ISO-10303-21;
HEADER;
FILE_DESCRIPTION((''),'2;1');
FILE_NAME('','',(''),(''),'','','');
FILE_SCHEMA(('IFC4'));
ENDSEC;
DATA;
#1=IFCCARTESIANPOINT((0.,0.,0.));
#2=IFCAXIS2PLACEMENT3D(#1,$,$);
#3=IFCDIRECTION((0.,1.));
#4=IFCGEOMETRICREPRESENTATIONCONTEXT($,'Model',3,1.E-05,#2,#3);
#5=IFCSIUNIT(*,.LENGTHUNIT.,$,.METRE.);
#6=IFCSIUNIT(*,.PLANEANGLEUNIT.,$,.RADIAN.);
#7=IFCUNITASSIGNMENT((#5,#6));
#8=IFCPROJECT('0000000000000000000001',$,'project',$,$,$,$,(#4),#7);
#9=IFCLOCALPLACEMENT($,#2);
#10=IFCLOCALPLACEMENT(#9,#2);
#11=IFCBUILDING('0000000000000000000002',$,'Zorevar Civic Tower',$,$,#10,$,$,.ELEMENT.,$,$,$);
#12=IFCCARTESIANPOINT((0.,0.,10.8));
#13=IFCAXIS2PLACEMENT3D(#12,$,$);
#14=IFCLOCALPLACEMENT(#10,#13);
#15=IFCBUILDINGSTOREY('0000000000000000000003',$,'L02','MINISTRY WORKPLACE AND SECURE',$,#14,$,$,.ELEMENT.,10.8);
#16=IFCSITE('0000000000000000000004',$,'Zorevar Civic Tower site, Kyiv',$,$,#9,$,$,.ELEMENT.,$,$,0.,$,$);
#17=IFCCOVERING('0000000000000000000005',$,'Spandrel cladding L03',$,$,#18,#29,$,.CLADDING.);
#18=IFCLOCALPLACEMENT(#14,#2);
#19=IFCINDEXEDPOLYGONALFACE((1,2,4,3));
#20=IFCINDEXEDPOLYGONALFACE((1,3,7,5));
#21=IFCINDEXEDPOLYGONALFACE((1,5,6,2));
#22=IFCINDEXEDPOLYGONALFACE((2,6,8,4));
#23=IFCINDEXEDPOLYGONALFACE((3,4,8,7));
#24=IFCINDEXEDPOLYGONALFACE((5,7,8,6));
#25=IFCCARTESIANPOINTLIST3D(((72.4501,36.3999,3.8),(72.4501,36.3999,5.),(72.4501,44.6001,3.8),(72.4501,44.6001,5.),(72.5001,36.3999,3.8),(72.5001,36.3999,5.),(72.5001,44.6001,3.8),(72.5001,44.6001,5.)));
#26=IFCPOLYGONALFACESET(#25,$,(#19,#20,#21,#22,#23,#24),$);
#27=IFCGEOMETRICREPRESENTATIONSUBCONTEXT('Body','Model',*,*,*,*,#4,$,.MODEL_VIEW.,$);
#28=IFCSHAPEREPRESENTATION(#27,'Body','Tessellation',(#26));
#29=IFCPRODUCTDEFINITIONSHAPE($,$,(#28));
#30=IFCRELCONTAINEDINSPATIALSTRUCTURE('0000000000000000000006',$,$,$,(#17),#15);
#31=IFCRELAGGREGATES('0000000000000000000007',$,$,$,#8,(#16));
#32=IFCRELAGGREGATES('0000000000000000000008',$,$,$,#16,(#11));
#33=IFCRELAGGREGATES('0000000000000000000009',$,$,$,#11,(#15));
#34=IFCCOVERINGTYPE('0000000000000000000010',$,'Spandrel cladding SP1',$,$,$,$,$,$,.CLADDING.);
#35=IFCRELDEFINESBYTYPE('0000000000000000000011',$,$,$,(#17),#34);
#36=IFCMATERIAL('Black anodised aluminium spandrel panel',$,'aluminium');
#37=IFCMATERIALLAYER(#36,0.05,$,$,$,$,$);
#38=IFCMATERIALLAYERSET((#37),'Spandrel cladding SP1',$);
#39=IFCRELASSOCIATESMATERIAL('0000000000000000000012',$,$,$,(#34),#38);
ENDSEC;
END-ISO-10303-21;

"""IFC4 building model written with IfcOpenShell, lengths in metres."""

from ifc_helpers import new_model, si_unit, direction, frame, frame_2d, origin, place, context, subcontext, project, spatial, rectangle, extrude, material, layer, layer_set, type_object, element, save


model = new_model("IFC4")

# Units and contexts
model_context = context("Model", 3, precision=1e-05, world=origin(), true_north=direction((0.0, 1.0)))
body_context = subcontext(model_context, "Body", "Model", "MODEL_VIEW")
ifc_project = project(units=[si_unit("LENGTHUNIT", "METRE"), si_unit("PLANEANGLEUNIT", "RADIAN")], contexts=[model_context])

# Site, building, storey
site_placement = place(None, origin())
site = spatial("IfcSite", under=ifc_project, at=site_placement, Name="Zorevar Civic Tower site, Kyiv", CompositionType="ELEMENT", RefElevation=0.0)
building_placement = place(site_placement, origin())
building = spatial("IfcBuilding", under=site, at=building_placement, Name="Zorevar Civic Tower", CompositionType="ELEMENT")
storey_placement = place(building_placement, frame((0.0, 0.0, 10.8)))
storey = spatial("IfcBuildingStorey", under=building, at=storey_placement, Name="L02", Description="MINISTRY WORKPLACE AND SECURE", CompositionType="ELEMENT", Elevation=10.8)

# Covering
ifc_material_1 = material(Name="Black anodised aluminium spandrel panel", Category="aluminium")
ifc_layer_1 = layer(ifc_material_1, 0.05)
ifc_layer_set_1 = layer_set([ifc_layer_1], Name="Spandrel cladding SP1")
covering_type = type_object("IfcCoveringType", Name="Spandrel cladding SP1", PredefinedType="CLADDING", material=ifc_layer_set_1)
for number, where, z_axis, x_axis, name in (
    (1, (72.4751, 36.3999, 3.8), (0.0, 0.0, 1.0), (0.0, 1.0, 0.0), "Spandrel cladding L03"),
):
    element("IfcCovering", number, at=place(storey_placement, frame(where, z_axis=z_axis, x_axis=x_axis)), inside=storey, type_object=covering_type, Name=name, PredefinedType="CLADDING", context=body_context, shape_type="SweptSolid", body=[
        extrude(rectangle(XDim=8.2002, YDim=0.05, at=frame_2d((4.1001, 0.0))), origin(), (0.0, 0.0, 1.0), 1.2),
    ])

save(model, "model.ifc")
